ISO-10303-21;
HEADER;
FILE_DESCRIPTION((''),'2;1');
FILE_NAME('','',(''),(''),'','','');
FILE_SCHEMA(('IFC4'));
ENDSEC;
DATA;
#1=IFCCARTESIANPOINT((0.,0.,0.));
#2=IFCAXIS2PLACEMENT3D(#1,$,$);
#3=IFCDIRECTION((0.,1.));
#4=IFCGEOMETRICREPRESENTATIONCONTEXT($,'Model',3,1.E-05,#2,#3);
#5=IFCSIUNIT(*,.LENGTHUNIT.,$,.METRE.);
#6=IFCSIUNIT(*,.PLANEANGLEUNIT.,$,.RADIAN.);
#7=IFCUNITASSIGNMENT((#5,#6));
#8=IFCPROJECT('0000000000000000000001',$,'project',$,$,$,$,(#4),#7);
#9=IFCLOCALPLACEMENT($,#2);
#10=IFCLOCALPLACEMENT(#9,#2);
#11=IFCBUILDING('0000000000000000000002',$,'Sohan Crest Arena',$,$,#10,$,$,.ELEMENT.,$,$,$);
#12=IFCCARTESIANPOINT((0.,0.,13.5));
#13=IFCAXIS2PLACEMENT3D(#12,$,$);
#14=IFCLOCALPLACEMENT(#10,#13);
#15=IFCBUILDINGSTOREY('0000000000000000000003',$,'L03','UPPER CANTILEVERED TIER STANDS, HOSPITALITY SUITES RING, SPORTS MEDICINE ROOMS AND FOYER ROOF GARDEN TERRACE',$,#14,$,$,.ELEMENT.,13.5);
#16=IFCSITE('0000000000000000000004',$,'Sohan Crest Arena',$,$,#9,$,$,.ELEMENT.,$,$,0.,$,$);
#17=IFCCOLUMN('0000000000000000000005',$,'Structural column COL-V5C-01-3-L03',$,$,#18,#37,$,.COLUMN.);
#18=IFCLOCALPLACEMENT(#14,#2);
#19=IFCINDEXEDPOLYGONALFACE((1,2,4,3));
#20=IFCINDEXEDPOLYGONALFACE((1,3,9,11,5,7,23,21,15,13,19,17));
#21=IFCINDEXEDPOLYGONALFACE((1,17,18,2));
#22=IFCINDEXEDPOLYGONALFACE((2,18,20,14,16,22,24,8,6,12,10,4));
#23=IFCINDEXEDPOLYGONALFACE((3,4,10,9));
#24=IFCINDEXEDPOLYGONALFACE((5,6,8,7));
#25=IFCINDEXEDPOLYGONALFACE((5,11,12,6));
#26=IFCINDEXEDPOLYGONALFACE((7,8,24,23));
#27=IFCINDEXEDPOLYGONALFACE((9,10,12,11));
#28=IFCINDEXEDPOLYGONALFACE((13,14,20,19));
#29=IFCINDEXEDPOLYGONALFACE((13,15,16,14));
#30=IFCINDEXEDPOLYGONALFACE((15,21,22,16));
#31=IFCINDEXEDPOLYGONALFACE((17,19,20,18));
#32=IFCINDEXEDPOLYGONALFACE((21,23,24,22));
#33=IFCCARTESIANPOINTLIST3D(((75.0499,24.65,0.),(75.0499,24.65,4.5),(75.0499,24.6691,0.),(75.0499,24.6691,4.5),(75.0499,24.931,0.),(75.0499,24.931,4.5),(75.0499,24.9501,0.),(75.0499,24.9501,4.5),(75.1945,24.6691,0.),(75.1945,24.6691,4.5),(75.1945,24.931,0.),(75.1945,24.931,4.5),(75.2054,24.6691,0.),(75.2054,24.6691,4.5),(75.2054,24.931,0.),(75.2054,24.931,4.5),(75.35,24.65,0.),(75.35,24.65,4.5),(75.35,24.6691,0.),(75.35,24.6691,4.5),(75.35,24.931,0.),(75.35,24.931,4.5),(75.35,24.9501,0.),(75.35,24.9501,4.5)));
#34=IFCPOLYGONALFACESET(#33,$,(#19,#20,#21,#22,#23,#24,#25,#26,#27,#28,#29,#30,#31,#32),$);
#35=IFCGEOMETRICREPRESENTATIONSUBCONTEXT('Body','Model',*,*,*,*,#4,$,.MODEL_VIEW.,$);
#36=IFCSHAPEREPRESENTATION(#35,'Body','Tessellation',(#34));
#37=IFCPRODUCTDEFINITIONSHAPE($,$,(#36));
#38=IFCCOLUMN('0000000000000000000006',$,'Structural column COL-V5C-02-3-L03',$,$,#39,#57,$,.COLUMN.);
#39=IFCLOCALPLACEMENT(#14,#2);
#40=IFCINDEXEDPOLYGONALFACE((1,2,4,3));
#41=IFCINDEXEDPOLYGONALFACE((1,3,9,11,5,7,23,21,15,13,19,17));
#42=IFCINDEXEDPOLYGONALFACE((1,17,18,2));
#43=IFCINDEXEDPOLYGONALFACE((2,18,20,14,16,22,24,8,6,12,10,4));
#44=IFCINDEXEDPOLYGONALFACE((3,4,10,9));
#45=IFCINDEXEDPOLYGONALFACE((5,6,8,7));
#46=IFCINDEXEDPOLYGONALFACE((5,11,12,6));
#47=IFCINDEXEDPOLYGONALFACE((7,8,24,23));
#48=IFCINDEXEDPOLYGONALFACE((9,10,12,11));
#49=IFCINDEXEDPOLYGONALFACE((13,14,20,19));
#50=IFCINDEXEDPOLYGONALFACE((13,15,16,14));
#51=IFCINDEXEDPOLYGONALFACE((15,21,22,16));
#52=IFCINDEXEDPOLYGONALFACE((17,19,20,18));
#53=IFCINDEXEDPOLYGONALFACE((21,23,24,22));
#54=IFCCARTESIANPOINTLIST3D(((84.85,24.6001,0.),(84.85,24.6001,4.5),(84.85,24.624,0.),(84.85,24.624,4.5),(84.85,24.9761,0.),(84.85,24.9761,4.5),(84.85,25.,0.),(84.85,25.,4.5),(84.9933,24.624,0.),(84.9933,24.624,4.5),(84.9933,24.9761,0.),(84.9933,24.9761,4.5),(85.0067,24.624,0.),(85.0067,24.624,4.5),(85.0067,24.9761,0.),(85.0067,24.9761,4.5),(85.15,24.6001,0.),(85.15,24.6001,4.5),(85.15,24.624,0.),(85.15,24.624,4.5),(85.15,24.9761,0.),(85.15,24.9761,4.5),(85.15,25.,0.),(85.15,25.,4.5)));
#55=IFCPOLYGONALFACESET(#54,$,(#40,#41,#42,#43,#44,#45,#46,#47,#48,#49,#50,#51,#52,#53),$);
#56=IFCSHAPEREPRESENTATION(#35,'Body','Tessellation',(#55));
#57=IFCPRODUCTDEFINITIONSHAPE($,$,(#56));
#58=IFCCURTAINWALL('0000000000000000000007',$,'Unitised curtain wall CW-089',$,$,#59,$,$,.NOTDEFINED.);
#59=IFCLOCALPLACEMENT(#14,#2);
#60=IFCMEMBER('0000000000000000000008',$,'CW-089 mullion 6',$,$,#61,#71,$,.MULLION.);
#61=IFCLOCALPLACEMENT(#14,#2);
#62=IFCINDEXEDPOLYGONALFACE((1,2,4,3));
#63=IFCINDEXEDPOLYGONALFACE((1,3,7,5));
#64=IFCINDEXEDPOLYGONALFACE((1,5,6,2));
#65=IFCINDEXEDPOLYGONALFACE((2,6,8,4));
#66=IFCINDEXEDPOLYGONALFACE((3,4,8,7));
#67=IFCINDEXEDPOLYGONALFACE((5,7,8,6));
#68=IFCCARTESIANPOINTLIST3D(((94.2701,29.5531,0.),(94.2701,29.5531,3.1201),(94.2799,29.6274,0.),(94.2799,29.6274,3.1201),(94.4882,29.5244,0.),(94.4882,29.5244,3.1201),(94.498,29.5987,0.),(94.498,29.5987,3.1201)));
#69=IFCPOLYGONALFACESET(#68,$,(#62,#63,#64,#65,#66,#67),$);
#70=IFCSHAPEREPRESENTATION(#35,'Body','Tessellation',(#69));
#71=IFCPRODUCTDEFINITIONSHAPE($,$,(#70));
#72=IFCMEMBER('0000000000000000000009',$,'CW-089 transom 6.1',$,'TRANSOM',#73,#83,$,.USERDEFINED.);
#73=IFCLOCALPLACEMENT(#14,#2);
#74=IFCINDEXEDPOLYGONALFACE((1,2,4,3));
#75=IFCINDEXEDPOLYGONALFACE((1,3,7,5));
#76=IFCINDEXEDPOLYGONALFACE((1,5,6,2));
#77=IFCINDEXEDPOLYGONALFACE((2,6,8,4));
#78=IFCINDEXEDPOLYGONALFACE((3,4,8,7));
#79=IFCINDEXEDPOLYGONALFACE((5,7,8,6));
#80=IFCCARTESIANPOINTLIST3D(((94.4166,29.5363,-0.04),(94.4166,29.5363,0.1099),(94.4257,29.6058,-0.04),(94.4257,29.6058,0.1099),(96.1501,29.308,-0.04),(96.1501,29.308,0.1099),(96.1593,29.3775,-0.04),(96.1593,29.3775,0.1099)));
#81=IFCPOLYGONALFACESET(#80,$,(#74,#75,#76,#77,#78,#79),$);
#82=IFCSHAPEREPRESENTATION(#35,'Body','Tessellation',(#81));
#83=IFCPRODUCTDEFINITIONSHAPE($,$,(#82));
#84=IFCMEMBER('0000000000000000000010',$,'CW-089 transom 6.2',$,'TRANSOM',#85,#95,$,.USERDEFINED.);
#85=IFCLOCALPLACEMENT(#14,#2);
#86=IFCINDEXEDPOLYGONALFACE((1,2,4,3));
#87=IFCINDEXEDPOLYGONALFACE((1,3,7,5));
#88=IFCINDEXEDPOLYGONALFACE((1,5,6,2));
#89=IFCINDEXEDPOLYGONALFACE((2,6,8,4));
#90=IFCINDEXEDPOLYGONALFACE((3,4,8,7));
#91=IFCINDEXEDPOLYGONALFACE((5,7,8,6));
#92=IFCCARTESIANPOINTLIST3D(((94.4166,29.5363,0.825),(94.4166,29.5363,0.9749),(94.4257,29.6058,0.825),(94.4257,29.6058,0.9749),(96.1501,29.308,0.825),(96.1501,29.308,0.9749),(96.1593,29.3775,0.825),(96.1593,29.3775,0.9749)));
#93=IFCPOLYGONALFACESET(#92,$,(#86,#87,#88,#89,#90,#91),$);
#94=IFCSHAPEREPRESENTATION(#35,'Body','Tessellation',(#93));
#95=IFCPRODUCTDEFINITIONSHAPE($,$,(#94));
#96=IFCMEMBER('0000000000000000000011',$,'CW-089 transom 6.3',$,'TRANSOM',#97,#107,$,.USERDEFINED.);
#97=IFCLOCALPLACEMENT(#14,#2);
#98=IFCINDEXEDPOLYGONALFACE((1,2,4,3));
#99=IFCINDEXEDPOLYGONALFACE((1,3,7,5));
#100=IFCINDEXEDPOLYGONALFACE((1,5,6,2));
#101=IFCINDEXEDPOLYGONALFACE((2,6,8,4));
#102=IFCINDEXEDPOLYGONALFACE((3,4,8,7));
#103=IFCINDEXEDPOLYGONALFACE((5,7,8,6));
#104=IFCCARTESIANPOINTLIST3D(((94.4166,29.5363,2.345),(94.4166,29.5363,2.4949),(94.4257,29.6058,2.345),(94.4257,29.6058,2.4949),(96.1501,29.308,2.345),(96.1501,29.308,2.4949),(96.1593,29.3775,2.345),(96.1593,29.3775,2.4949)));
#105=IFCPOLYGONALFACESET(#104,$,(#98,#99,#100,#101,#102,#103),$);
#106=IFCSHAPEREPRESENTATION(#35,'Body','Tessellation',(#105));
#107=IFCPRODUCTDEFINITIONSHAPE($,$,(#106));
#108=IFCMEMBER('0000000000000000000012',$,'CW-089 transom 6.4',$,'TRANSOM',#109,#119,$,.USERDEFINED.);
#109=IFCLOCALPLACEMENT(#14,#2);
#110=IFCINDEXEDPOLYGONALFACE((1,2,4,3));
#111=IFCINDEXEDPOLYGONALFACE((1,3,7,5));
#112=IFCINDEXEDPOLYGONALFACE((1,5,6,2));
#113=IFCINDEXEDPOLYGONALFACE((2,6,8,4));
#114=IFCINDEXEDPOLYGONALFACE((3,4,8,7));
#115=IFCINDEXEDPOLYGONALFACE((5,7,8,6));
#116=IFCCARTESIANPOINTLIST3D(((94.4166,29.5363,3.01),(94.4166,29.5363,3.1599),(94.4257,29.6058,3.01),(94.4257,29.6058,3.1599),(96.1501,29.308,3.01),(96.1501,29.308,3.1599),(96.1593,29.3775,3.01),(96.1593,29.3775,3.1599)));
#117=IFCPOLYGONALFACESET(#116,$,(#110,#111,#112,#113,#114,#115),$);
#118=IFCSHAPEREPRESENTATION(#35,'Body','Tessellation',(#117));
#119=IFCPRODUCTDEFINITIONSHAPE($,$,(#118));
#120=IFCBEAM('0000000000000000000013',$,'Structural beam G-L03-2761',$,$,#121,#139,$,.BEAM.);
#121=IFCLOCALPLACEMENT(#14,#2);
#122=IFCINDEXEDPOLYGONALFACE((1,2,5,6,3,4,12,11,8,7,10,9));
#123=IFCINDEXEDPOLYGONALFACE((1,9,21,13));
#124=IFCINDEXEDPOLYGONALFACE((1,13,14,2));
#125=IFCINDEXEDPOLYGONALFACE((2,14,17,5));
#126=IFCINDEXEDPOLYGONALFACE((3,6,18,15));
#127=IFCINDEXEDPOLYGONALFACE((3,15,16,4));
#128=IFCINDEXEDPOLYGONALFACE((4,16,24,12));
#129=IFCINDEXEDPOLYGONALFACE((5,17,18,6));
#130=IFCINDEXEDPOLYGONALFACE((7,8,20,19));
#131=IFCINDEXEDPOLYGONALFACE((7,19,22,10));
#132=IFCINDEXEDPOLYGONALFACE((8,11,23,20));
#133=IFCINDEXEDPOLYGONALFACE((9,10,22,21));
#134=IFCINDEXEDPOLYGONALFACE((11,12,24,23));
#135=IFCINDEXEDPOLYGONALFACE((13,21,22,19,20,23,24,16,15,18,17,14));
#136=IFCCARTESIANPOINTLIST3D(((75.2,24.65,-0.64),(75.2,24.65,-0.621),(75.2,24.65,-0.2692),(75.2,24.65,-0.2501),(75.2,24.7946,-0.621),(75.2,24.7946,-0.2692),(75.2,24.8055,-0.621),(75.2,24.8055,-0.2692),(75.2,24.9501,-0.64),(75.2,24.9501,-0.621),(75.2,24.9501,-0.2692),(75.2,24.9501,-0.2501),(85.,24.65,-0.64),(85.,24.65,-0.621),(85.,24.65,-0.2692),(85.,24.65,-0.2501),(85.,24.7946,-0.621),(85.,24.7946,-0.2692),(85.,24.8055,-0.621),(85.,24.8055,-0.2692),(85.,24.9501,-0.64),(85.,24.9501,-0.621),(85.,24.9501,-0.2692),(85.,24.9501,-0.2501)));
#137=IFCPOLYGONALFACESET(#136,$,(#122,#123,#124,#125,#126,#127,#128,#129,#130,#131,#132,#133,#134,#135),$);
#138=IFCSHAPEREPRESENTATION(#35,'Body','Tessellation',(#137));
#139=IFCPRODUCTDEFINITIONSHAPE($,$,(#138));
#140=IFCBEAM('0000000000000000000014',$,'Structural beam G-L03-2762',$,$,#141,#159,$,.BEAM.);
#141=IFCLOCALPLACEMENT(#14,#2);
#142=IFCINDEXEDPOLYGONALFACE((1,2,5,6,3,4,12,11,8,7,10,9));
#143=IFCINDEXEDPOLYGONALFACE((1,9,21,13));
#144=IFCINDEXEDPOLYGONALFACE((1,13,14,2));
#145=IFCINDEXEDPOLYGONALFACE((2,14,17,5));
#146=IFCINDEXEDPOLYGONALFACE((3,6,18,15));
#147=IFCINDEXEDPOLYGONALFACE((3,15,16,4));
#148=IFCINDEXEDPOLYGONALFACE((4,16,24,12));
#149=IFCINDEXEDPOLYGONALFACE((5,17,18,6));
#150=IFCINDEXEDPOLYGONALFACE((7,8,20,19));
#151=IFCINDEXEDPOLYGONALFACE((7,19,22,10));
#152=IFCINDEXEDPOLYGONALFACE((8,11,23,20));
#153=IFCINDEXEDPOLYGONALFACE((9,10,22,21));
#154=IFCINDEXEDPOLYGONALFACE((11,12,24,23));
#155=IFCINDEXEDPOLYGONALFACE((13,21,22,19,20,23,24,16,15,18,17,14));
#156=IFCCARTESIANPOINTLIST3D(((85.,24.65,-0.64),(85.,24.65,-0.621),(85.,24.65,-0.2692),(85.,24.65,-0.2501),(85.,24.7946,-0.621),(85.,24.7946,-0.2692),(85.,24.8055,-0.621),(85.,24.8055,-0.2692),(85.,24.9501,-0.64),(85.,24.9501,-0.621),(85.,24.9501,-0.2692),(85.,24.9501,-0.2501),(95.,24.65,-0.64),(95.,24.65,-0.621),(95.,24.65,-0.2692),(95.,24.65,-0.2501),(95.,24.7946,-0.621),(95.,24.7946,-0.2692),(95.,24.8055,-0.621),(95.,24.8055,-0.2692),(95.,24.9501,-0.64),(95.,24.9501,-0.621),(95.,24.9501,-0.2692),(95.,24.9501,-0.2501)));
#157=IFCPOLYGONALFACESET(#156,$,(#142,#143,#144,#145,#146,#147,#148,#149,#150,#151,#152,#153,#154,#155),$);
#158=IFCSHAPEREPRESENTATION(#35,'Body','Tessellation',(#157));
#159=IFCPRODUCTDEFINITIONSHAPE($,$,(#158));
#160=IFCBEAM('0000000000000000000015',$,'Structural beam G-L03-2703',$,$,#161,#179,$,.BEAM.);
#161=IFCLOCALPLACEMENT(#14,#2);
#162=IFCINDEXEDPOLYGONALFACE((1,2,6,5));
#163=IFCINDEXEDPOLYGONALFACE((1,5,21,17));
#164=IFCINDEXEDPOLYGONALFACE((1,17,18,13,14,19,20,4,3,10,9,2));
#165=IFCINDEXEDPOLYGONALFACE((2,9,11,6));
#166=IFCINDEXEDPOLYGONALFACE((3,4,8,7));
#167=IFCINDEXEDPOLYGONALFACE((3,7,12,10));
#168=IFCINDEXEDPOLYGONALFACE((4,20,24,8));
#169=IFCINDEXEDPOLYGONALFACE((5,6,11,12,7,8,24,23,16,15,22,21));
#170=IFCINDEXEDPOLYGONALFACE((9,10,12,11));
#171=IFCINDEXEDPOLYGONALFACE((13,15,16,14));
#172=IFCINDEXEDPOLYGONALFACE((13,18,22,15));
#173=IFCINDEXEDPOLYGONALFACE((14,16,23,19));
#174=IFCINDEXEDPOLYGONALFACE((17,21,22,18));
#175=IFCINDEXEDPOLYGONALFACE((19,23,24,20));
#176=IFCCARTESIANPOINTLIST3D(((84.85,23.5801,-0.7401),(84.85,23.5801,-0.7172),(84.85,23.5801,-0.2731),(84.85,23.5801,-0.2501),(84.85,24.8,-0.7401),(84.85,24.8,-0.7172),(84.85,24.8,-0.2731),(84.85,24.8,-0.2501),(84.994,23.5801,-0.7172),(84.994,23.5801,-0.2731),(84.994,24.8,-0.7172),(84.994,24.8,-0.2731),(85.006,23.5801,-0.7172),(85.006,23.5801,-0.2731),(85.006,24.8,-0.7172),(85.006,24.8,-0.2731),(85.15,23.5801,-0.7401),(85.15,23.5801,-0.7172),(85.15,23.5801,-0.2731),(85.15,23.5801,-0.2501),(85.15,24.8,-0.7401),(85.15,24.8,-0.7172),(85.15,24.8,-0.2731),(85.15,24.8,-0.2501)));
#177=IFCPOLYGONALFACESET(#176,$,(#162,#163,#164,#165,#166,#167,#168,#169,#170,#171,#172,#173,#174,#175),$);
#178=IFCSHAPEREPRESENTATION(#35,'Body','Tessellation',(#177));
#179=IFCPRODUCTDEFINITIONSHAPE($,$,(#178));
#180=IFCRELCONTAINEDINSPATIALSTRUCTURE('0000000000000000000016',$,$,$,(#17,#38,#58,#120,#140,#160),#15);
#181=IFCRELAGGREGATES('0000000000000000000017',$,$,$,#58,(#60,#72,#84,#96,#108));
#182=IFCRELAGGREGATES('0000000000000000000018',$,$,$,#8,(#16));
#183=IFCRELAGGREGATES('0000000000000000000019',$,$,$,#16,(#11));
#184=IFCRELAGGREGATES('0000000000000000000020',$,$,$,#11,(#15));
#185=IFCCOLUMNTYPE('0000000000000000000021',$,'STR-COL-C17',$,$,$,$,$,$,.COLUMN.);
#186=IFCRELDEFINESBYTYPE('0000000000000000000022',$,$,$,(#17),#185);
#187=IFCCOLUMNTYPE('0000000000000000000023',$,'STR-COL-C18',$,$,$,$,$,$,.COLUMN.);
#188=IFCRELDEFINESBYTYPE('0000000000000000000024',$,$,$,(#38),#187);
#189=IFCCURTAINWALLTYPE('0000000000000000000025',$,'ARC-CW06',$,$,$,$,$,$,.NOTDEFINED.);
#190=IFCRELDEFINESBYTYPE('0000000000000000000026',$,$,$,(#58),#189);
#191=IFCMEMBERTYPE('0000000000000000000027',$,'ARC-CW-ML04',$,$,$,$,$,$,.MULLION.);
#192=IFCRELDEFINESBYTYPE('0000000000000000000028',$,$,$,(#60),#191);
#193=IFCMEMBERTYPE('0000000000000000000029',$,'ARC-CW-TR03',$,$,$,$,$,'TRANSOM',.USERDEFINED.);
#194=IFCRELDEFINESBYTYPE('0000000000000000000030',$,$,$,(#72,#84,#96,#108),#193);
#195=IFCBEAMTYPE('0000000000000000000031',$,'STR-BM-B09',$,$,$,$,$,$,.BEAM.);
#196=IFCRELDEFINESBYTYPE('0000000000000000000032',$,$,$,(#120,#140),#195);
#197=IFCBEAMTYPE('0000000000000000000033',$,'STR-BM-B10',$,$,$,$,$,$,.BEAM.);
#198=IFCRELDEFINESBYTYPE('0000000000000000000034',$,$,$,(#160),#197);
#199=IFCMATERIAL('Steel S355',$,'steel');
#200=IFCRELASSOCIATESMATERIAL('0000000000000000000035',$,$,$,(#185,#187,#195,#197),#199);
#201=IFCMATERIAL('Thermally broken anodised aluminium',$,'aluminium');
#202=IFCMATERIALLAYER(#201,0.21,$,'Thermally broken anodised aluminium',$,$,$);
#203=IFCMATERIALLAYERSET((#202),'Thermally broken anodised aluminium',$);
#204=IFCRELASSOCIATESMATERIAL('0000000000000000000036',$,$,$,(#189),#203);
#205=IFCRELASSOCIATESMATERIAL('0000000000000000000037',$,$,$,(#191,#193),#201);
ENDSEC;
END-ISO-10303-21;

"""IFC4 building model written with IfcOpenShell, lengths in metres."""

from ifc_helpers import new_model, si_unit, direction, frame, origin, origin_2d, place, context, subcontext, project, spatial, rectangle, i_section, extrude, material, layer, layer_set, material_profile, profile_set, type_object, element, aggregate, save


model = new_model("IFC4")

# Units and contexts
model_context = context("Model", 3, precision=1e-05, world=origin(), true_north=direction((0.0, 1.0)))
body_context = subcontext(model_context, "Body", "Model", "MODEL_VIEW")
ifc_project = project(units=[si_unit("LENGTHUNIT", "METRE"), si_unit("PLANEANGLEUNIT", "RADIAN")], contexts=[model_context])

# Site, building, storey
site_placement = place(None, origin())
site = spatial("IfcSite", under=ifc_project, at=site_placement, Name="Sohan Crest Arena", CompositionType="ELEMENT", RefElevation=0.0)
building_placement = place(site_placement, origin())
building = spatial("IfcBuilding", under=site, at=building_placement, Name="Sohan Crest Arena", CompositionType="ELEMENT")
storey_placement = place(building_placement, frame((0.0, 0.0, 13.5)))
storey = spatial("IfcBuildingStorey", under=building, at=storey_placement, Name="L03", Description="UPPER CANTILEVERED TIER STANDS, HOSPITALITY SUITES RING, SPORTS MEDICINE ROOMS AND FOYER ROOF GARDEN TERRACE", CompositionType="ELEMENT", Elevation=13.5)

# Columns
ifc_material_1 = material(Name="Steel S355", Category="steel")
ifc_material_profile_1 = material_profile(ifc_material_1, i_section(OverallWidth=0.3, OverallDepth=0.3, WebThickness=0.011, FlangeThickness=0.019, at=origin_2d()), Name="HEB 300")
ifc_profile_set_1 = profile_set([ifc_material_profile_1], Name="Steel S355")
column_type_1 = type_object("IfcColumnType", Name="STR-COL-C17", PredefinedType="COLUMN", material=ifc_profile_set_1)
column_1_placement = place(storey_placement, frame((75.2, 24.8, 0.0), z_axis=(0.0, 0.0, 1.0), x_axis=(1.0, 0.0, 0.0)))
element("IfcColumn", 1, at=column_1_placement, inside=storey, type_object=column_type_1, Name="Structural column COL-V5C-01-3-L03", PredefinedType="COLUMN", context=body_context, shape_type="SweptSolid", body=[
    extrude(i_section(OverallWidth=0.3, OverallDepth=0.3, WebThickness=0.011, FlangeThickness=0.019, at=origin_2d()), origin(), (0.0, 0.0, 1.0), 4.5),
])
ifc_material_profile_2 = material_profile(ifc_material_1, i_section(OverallWidth=0.3, OverallDepth=0.3999, WebThickness=0.0134, FlangeThickness=0.0239, at=origin_2d()), Name="HEB 400")
ifc_profile_set_2 = profile_set([ifc_material_profile_2], Name="Steel S355")
column_type_2 = type_object("IfcColumnType", Name="STR-COL-C18", PredefinedType="COLUMN", material=ifc_profile_set_2)
column_2_placement = place(storey_placement, frame((85.0, 24.8, 0.0), z_axis=(0.0, 0.0, 1.0), x_axis=(1.0, 0.0, 0.0)))
element("IfcColumn", 2, at=column_2_placement, inside=storey, type_object=column_type_2, Name="Structural column COL-V5C-02-3-L03", PredefinedType="COLUMN", context=body_context, shape_type="SweptSolid", body=[
    extrude(i_section(OverallWidth=0.3, OverallDepth=0.3999, WebThickness=0.0134, FlangeThickness=0.0239, at=origin_2d()), origin(), (0.0, 0.0, 1.0), 4.5),
])

# Curtain wall, members
ifc_material_2 = material(Name="Thermally broken anodised aluminium", Category="aluminium")
ifc_layer_1 = layer(ifc_material_2, 0.21, Name="Thermally broken anodised aluminium")
ifc_layer_set_1 = layer_set([ifc_layer_1], Name="Thermally broken anodised aluminium")
curtain_wall_type = type_object("IfcCurtainWallType", Name="ARC-CW06", PredefinedType="NOTDEFINED", material=ifc_layer_set_1)
curtain_wall_placement = place(storey_placement, origin())
curtain_wall = element("IfcCurtainWall", 3, at=curtain_wall_placement, inside=storey, type_object=curtain_wall_type, Name="Unitised curtain wall CW-089", PredefinedType="NOTDEFINED")
ifc_material_profile_3 = material_profile(ifc_material_2, rectangle(XDim=0.075, YDim=0.22, at=origin_2d()), Name="ALU-MULL 75x220")
ifc_profile_set_3 = profile_set([ifc_material_profile_3], Name="Thermally broken anodised aluminium")
member_type_1 = type_object("IfcMemberType", Name="ARC-CW-ML04", PredefinedType="MULLION", material=ifc_profile_set_3)
member_1_placement = place(storey_placement, frame((94.384, 29.5759, 0.0), z_axis=(0.0, 0.0, 1.0), x_axis=(0.130511, 0.991447, 0.0)))
member_1 = element("IfcMember", 4, at=member_1_placement, type_object=member_type_1, Name="CW-089 mullion 6", PredefinedType="MULLION", context=body_context, shape_type="SweptSolid", body=[
    extrude(rectangle(XDim=0.075, YDim=0.22, at=origin_2d()), origin(), (0.0, 0.0, 1.0), 3.1201),
])
ifc_material_profile_4 = material_profile(ifc_material_2, rectangle(XDim=0.0701, YDim=0.1499, at=origin_2d()), Name="ALU-TRAN 70x150")
ifc_profile_set_4 = profile_set([ifc_material_profile_4], Name="Thermally broken anodised aluminium")
member_type_2 = type_object("IfcMemberType", Name="ARC-CW-TR03", ElementType="TRANSOM", PredefinedType="USERDEFINED", material=ifc_profile_set_4)
member_2_placement = place(storey_placement, frame((94.4211, 29.571, 0.0349), z_axis=(0.991442, -0.130545, 0.0), x_axis=(0.130545, 0.991442, 0.0)))
member_2 = element("IfcMember", 5, at=member_2_placement, type_object=member_type_2, Name="CW-089 transom 6.1", ObjectType="TRANSOM", PredefinedType="USERDEFINED", context=body_context, shape_type="SweptSolid", body=[
    extrude(rectangle(XDim=0.0701, YDim=0.1499, at=origin_2d()), origin(), (0.0, 0.0, 1.0), 1.7485),
])
member_3_placement = place(storey_placement, frame((94.4211, 29.571, 0.8999), z_axis=(0.991442, -0.130545, 0.0), x_axis=(0.130545, 0.991442, 0.0)))
member_3 = element("IfcMember", 6, at=member_3_placement, type_object=member_type_2, Name="CW-089 transom 6.2", ObjectType="TRANSOM", PredefinedType="USERDEFINED", context=body_context, shape_type="SweptSolid", body=[
    extrude(rectangle(XDim=0.0701, YDim=0.1499, at=origin_2d()), origin(), (0.0, 0.0, 1.0), 1.7485),
])
member_4_placement = place(storey_placement, frame((94.4211, 29.571, 2.4199), z_axis=(0.991442, -0.130545, 0.0), x_axis=(0.130545, 0.991442, 0.0)))
member_4 = element("IfcMember", 7, at=member_4_placement, type_object=member_type_2, Name="CW-089 transom 6.3", ObjectType="TRANSOM", PredefinedType="USERDEFINED", context=body_context, shape_type="SweptSolid", body=[
    extrude(rectangle(XDim=0.0701, YDim=0.1499, at=origin_2d()), origin(), (0.0, 0.0, 1.0), 1.7485),
])
member_5_placement = place(storey_placement, frame((94.4211, 29.571, 3.085), z_axis=(0.991442, -0.130545, 0.0), x_axis=(0.130545, 0.991442, 0.0)))
member_5 = element("IfcMember", 8, at=member_5_placement, type_object=member_type_2, Name="CW-089 transom 6.4", ObjectType="TRANSOM", PredefinedType="USERDEFINED", context=body_context, shape_type="SweptSolid", body=[
    extrude(rectangle(XDim=0.0701, YDim=0.1499, at=origin_2d()), origin(), (0.0, 0.0, 1.0), 1.7485),
])

# Beams
ifc_material_profile_5 = material_profile(ifc_material_1, i_section(OverallWidth=0.3, OverallDepth=0.3899, WebThickness=0.011, FlangeThickness=0.019, at=origin_2d()), Name="HEA 400")
ifc_profile_set_5 = profile_set([ifc_material_profile_5], Name="Steel S355")
beam_type_1 = type_object("IfcBeamType", Name="STR-BM-B09", PredefinedType="BEAM", material=ifc_profile_set_5)
beam_1_placement = place(storey_placement, frame((75.2, 24.8, -0.4451), z_axis=(1.0, 0.0, 0.0), x_axis=(0.0, 1.0, 0.0)))
element("IfcBeam", 9, at=beam_1_placement, inside=storey, type_object=beam_type_1, Name="Structural beam G-L03-2761", PredefinedType="BEAM", context=body_context, shape_type="SweptSolid", body=[
    extrude(i_section(OverallWidth=0.3, OverallDepth=0.3899, WebThickness=0.011, FlangeThickness=0.019, at=origin_2d()), origin(), (0.0, 0.0, 1.0), 9.8),
])
beam_2_placement = place(storey_placement, frame((85.0, 24.8, -0.4451), z_axis=(1.0, 0.0, 0.0), x_axis=(0.0, 1.0, 0.0)))
element("IfcBeam", 10, at=beam_2_placement, inside=storey, type_object=beam_type_1, Name="Structural beam G-L03-2762", PredefinedType="BEAM", context=body_context, shape_type="SweptSolid", body=[
    extrude(i_section(OverallWidth=0.3, OverallDepth=0.3899, WebThickness=0.011, FlangeThickness=0.019, at=origin_2d()), origin(), (0.0, 0.0, 1.0), 10.0),
])
ifc_material_profile_6 = material_profile(ifc_material_1, i_section(OverallWidth=0.3, OverallDepth=0.49, WebThickness=0.012, FlangeThickness=0.0229, at=origin_2d()), Name="HEA 500")
ifc_profile_set_6 = profile_set([ifc_material_profile_6], Name="Steel S355")
beam_type_2 = type_object("IfcBeamType", Name="STR-BM-B10", PredefinedType="BEAM", material=ifc_profile_set_6)
beam_3_placement = place(storey_placement, frame((85.0, 23.5801, -0.4951), z_axis=(0.0, 1.0, 0.0), x_axis=(-1.0, 0.0, 0.0)))
element("IfcBeam", 11, at=beam_3_placement, inside=storey, type_object=beam_type_2, Name="Structural beam G-L03-2703", PredefinedType="BEAM", context=body_context, shape_type="SweptSolid", body=[
    extrude(i_section(OverallWidth=0.3, OverallDepth=0.49, WebThickness=0.012, FlangeThickness=0.0229, at=origin_2d()), origin(), (0.0, 0.0, 1.0), 1.22),
])

aggregate(curtain_wall, [member_1, member_2, member_3, member_4, member_5])

save(model, "model.ifc")
